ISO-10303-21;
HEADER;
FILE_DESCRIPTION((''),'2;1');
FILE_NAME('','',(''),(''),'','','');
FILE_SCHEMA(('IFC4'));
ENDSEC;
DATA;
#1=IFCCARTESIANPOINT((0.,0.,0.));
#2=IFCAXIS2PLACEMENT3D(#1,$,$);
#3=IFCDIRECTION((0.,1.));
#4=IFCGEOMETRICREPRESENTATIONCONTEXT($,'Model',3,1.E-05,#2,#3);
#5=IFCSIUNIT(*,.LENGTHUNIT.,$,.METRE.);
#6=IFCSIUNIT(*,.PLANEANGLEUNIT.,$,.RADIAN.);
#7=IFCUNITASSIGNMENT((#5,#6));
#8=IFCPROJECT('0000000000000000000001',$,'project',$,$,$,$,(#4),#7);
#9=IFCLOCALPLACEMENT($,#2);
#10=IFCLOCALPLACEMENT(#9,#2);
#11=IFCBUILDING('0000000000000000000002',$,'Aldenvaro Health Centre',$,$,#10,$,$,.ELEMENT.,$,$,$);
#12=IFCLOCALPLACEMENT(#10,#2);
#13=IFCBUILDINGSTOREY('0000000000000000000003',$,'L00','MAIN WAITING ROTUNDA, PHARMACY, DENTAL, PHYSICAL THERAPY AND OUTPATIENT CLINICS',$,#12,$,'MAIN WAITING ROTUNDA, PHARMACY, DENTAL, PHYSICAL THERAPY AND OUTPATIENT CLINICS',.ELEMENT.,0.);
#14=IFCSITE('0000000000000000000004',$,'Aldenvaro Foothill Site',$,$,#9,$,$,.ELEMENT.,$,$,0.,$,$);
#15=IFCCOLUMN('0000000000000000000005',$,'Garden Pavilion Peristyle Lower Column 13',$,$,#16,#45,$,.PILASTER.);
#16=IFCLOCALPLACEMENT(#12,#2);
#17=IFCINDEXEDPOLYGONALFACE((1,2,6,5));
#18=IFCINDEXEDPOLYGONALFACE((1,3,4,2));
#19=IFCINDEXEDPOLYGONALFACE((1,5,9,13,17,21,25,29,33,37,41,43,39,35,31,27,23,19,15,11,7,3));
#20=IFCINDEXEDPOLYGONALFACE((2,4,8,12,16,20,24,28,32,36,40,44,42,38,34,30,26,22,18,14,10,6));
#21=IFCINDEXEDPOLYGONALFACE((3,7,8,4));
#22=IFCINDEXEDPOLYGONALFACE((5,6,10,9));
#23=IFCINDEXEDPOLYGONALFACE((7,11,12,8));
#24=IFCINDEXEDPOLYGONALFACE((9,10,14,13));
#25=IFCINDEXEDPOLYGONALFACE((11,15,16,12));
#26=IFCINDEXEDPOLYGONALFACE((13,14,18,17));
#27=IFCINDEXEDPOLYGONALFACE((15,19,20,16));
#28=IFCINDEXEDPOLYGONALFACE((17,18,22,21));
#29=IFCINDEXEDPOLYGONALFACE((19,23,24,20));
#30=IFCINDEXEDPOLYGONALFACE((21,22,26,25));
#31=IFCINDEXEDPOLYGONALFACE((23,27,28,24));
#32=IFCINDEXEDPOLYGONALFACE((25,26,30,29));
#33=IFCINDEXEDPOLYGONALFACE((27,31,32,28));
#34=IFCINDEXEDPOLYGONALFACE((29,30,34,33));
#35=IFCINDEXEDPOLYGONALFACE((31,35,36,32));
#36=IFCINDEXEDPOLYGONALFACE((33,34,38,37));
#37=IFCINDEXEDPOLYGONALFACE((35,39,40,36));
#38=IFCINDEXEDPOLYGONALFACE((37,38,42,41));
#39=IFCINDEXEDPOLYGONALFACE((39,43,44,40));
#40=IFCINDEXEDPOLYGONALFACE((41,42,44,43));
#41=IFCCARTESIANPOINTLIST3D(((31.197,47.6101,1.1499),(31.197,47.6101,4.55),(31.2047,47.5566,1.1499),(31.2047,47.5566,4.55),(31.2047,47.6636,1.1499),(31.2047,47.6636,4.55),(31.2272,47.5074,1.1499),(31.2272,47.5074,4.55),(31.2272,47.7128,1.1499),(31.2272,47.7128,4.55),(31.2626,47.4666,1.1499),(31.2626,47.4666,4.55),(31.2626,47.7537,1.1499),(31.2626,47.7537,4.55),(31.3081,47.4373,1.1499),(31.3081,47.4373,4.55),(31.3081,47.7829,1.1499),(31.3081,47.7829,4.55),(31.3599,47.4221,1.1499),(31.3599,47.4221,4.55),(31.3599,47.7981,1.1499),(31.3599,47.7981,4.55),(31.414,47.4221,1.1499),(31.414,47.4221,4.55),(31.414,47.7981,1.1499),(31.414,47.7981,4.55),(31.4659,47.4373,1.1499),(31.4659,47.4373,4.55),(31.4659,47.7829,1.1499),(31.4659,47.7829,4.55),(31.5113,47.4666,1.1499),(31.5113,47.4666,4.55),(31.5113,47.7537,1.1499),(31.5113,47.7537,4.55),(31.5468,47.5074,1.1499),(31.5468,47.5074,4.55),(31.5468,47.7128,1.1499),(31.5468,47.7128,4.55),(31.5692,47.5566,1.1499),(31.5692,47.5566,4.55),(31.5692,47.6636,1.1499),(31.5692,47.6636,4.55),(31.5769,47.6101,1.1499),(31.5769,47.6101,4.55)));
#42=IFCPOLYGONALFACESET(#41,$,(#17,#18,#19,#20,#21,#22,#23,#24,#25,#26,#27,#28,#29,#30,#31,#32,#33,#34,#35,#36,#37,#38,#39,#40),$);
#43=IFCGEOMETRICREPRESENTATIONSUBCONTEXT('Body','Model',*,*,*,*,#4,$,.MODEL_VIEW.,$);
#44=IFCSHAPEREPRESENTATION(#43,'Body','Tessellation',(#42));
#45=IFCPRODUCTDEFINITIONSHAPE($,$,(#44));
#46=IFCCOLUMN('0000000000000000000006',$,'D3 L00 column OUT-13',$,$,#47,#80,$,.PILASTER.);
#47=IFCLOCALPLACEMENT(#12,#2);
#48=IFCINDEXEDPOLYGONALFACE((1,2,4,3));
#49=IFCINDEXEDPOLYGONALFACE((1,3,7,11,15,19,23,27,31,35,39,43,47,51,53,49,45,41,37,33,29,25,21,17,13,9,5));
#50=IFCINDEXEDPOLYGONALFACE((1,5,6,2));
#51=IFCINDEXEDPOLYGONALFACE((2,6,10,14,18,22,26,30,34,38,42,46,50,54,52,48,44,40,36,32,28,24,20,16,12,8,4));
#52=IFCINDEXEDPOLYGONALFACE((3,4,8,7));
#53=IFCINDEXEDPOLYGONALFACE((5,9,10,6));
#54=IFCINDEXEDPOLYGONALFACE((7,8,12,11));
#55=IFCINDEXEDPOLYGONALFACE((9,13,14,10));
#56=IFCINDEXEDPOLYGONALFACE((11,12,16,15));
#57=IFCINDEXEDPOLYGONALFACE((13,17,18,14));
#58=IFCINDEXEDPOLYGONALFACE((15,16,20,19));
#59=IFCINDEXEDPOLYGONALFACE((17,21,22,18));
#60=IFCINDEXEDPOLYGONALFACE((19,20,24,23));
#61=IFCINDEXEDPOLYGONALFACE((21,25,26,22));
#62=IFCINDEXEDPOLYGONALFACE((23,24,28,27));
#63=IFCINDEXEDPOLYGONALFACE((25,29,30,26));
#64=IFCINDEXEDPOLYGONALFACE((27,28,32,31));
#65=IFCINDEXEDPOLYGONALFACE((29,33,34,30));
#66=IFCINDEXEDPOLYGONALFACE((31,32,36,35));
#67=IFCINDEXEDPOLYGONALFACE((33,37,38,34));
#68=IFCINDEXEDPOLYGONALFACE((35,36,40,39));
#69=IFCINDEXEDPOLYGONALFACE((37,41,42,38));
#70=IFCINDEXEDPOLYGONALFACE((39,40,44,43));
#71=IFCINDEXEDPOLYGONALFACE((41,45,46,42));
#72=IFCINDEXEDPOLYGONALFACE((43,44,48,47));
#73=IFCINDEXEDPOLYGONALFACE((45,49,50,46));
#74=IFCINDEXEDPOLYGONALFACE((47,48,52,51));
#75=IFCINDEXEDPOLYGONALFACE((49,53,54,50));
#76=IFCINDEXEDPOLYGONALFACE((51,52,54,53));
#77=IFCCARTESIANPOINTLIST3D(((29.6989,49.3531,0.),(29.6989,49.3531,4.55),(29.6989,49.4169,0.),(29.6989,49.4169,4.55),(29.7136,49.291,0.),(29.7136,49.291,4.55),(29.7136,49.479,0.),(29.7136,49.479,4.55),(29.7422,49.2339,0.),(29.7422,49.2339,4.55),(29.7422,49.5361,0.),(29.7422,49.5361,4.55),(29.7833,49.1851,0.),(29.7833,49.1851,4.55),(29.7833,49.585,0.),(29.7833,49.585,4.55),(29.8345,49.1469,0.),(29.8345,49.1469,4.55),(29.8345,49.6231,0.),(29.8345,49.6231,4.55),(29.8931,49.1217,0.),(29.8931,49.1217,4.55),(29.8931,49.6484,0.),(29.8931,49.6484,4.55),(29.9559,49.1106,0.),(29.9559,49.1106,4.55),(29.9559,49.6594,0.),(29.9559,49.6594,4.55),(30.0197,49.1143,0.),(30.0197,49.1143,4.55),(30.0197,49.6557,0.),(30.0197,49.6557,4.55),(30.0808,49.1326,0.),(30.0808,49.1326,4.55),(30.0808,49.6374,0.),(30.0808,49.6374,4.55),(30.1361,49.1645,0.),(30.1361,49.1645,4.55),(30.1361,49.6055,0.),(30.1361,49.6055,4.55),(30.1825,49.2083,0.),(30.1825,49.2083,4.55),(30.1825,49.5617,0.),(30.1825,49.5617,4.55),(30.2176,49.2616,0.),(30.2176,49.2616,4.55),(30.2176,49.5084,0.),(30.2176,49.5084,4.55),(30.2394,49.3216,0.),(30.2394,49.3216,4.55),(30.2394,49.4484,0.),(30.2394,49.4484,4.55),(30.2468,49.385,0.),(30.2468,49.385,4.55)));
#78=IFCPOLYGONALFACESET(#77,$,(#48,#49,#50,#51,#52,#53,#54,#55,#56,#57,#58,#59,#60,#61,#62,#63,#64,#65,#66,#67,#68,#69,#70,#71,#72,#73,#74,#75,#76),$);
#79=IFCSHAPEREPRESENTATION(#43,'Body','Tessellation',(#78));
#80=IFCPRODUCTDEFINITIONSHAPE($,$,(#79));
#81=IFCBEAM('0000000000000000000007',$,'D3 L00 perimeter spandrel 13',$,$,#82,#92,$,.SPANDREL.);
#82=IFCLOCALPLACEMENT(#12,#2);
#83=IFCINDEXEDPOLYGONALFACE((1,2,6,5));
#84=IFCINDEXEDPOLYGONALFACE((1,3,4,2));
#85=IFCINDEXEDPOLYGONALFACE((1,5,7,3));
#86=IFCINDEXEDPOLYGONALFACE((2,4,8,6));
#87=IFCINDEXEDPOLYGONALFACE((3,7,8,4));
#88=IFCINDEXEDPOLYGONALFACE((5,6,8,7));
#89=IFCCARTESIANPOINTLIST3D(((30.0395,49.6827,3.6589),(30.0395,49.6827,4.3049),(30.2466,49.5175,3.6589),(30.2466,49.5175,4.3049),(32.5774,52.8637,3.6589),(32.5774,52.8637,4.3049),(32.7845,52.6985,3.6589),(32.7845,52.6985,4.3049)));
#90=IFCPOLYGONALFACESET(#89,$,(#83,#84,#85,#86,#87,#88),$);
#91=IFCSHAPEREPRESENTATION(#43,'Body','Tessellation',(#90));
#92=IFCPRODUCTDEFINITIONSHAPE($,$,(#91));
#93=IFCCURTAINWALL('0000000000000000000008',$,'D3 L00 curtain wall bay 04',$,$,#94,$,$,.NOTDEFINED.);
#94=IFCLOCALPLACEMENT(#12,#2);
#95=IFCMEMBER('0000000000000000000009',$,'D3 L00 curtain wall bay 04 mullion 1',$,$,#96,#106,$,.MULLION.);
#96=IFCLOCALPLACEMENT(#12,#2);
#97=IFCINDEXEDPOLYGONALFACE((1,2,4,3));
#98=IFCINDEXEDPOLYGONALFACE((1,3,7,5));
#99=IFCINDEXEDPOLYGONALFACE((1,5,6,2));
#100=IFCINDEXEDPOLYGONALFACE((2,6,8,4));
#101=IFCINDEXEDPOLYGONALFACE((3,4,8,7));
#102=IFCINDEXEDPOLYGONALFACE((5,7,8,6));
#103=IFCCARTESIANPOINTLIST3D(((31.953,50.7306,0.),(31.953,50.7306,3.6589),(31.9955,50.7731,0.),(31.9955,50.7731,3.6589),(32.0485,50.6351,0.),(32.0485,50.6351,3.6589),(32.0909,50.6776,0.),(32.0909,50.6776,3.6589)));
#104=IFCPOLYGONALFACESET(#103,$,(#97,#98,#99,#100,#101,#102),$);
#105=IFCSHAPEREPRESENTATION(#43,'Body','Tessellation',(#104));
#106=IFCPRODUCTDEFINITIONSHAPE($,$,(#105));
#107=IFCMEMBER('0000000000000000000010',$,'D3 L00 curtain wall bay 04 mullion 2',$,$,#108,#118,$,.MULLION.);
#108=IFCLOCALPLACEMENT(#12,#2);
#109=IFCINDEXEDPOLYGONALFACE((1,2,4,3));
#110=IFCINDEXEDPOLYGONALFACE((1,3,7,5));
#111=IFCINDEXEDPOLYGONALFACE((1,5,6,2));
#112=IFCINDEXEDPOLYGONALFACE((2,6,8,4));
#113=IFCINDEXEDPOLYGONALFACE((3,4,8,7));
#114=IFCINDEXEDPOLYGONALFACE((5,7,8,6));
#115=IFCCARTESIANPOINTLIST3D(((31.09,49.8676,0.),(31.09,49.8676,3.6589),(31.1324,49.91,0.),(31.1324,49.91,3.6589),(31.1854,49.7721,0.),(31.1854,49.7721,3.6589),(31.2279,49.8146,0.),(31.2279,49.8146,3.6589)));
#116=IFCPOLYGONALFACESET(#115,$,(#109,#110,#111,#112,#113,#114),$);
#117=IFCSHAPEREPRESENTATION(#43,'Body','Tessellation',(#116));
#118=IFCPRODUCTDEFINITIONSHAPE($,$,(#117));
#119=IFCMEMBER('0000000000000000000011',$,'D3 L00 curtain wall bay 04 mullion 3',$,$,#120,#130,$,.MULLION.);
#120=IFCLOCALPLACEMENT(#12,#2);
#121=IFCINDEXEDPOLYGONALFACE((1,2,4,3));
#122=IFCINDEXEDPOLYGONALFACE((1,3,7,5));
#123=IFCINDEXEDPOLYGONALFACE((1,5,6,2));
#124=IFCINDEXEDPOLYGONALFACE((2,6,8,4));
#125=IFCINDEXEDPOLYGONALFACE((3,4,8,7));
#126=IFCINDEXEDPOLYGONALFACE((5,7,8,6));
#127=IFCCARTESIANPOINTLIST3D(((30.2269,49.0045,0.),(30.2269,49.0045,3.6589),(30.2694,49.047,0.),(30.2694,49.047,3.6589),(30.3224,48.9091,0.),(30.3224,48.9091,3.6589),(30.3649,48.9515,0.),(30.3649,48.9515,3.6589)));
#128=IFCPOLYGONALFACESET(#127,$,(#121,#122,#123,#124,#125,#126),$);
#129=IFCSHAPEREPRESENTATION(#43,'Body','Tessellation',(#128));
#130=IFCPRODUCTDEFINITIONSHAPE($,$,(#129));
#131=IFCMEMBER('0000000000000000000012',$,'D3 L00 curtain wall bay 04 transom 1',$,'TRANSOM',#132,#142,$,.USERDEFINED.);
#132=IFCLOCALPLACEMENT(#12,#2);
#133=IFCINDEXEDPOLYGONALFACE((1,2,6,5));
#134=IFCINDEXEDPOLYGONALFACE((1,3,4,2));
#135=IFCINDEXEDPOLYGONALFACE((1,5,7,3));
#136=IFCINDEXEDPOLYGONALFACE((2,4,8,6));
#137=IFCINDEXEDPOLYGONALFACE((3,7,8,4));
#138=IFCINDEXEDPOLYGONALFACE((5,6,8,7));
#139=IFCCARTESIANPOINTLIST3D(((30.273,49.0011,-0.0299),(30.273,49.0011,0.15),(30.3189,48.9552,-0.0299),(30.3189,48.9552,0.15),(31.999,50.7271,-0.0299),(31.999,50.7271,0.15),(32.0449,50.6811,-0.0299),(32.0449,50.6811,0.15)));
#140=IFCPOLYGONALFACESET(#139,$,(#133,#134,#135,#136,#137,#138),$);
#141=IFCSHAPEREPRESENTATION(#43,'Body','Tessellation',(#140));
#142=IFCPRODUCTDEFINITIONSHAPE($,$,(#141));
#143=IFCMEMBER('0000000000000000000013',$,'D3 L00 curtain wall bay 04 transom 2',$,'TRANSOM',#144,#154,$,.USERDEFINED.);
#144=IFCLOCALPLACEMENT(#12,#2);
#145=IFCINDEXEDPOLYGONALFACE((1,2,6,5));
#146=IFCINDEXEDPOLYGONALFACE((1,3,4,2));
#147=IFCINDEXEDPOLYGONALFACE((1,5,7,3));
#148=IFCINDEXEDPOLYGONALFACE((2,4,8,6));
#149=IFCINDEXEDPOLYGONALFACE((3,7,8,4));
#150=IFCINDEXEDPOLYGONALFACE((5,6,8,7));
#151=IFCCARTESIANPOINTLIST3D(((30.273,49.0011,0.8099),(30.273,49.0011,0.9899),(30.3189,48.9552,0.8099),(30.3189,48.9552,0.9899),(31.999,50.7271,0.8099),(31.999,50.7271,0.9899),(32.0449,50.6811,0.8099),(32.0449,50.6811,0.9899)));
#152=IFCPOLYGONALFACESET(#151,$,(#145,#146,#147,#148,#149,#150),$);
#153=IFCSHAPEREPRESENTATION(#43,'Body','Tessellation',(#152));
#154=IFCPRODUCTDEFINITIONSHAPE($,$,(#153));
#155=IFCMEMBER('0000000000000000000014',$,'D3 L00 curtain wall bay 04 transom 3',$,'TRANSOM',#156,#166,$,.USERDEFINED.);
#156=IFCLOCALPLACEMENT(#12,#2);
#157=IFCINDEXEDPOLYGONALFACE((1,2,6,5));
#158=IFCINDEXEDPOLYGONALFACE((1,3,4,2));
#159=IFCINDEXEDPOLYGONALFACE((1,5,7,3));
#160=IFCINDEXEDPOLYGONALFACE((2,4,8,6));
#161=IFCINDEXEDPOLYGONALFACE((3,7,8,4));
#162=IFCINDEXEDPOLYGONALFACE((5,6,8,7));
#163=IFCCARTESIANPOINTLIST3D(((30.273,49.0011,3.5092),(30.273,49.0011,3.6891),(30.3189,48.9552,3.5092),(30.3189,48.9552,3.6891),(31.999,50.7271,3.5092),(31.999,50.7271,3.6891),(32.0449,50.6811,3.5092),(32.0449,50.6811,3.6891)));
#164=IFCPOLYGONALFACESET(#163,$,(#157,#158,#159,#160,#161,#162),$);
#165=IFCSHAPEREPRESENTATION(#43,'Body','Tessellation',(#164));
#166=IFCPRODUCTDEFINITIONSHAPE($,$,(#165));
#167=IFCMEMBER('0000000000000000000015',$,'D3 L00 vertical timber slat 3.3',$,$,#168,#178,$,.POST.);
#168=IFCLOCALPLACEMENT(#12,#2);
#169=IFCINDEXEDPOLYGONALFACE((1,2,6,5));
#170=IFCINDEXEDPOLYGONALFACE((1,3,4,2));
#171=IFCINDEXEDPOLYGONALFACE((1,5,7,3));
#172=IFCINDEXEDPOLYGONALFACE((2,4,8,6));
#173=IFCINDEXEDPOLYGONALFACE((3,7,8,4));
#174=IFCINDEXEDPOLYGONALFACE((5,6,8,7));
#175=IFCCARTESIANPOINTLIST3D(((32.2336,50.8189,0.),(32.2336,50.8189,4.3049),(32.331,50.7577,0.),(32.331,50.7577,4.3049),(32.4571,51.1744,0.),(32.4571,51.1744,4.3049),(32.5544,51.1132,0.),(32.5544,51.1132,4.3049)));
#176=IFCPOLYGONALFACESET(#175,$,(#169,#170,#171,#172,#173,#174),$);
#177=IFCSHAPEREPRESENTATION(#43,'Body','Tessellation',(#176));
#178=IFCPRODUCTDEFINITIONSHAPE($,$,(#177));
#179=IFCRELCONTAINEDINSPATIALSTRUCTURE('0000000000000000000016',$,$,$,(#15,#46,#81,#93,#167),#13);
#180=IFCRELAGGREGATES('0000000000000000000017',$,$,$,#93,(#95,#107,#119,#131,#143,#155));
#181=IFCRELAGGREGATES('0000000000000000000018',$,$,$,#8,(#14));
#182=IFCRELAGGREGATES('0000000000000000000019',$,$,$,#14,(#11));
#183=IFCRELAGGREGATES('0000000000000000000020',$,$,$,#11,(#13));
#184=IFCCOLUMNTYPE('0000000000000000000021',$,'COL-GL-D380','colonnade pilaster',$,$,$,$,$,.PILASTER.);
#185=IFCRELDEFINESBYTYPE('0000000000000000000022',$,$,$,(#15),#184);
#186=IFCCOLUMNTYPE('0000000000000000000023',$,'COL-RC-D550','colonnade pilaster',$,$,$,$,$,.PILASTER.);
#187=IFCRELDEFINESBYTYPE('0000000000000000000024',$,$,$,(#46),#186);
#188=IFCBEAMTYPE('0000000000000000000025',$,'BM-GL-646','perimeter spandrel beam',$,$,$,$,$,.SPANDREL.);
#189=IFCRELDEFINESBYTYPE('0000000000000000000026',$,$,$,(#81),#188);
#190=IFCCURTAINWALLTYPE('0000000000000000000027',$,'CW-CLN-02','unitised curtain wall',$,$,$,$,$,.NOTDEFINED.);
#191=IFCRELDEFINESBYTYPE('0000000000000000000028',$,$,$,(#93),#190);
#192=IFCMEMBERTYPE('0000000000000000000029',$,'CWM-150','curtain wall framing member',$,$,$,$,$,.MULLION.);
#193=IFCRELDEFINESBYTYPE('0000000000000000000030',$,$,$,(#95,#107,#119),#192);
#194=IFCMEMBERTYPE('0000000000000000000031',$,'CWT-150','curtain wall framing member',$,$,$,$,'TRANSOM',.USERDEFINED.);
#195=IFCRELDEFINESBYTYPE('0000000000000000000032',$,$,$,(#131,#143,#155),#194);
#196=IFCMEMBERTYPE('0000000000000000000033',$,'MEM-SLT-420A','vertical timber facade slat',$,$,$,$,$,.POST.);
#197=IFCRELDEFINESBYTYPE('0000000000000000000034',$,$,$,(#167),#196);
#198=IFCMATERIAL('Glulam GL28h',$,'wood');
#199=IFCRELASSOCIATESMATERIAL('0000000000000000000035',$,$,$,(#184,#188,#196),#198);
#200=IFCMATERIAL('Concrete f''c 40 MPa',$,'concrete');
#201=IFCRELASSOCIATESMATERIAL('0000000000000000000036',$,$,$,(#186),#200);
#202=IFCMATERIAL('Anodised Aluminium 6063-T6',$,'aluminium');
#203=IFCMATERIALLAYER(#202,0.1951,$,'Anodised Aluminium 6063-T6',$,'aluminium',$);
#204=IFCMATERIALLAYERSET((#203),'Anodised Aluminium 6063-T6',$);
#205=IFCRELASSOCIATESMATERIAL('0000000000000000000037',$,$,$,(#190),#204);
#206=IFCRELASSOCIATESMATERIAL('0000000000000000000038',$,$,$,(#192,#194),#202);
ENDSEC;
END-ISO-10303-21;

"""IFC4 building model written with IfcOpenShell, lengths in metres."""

from ifc_helpers import new_model, si_unit, direction, frame, origin, origin_2d, place, context, subcontext, project, spatial, rectangle, circle, extrude, material, layer, layer_set, material_profile, profile_set, type_object, element, aggregate, save


model = new_model("IFC4")

# Units and contexts
model_context = context("Model", 3, precision=1e-05, world=origin(), true_north=direction((0.0, 1.0)))
body_context = subcontext(model_context, "Body", "Model", "MODEL_VIEW")
ifc_project = project(units=[si_unit("LENGTHUNIT", "METRE"), si_unit("PLANEANGLEUNIT", "RADIAN")], contexts=[model_context])

# Site, building, storey
site_placement = place(None, origin())
site = spatial("IfcSite", under=ifc_project, at=site_placement, Name="Aldenvaro Foothill Site", CompositionType="ELEMENT", RefElevation=0.0)
building_placement = place(site_placement, origin())
building = spatial("IfcBuilding", under=site, at=building_placement, Name="Aldenvaro Health Centre", CompositionType="ELEMENT")
storey_placement = place(building_placement, origin())
storey = spatial("IfcBuildingStorey", under=building, at=storey_placement, Name="L00", Description="MAIN WAITING ROTUNDA, PHARMACY, DENTAL, PHYSICAL THERAPY AND OUTPATIENT CLINICS", LongName="MAIN WAITING ROTUNDA, PHARMACY, DENTAL, PHYSICAL THERAPY AND OUTPATIENT CLINICS", CompositionType="ELEMENT", Elevation=0.0)

# Columns
ifc_material_1 = material(Name="Glulam GL28h", Category="wood")
ifc_material_profile_1 = material_profile(ifc_material_1, circle(Radius=0.1899, at=origin_2d()), Name="GL D380", Category="wood")
ifc_profile_set_1 = profile_set([ifc_material_profile_1], Name="Glulam GL28h")
column_type_1 = type_object("IfcColumnType", Name="COL-GL-D380", Description="colonnade pilaster", PredefinedType="PILASTER", material=ifc_profile_set_1)
column_1_placement = place(storey_placement, frame((31.387, 47.6101, 1.1499), z_axis=(0.0, 0.0, 1.0), x_axis=(1.0, 0.0, 0.0)))
element("IfcColumn", 1, at=column_1_placement, inside=storey, type_object=column_type_1, Name="Garden Pavilion Peristyle Lower Column 13", PredefinedType="PILASTER", context=body_context, shape_type="SweptSolid", body=[
    extrude(circle(Radius=0.1899, at=origin_2d()), origin(), (0.0, 0.0, 1.0), 3.4001),
])
ifc_material_2 = material(Name="Concrete f'c 40 MPa", Category="concrete")
ifc_material_profile_2 = material_profile(ifc_material_2, circle(Radius=0.2749, at=origin_2d()), Name="RC D550", Category="concrete")
ifc_profile_set_2 = profile_set([ifc_material_profile_2], Name="Concrete f'c 40 MPa")
column_type_2 = type_object("IfcColumnType", Name="COL-RC-D550", Description="colonnade pilaster", PredefinedType="PILASTER", material=ifc_profile_set_2)
column_2_placement = place(storey_placement, frame((29.9719, 49.385, 0.0), z_axis=(0.0, 0.0, 1.0), x_axis=(1.0, 0.0, 0.0)))
element("IfcColumn", 2, at=column_2_placement, inside=storey, type_object=column_type_2, Name="D3 L00 column OUT-13", PredefinedType="PILASTER", context=body_context, shape_type="SweptSolid", body=[
    extrude(circle(Radius=0.2749, at=origin_2d()), origin(), (0.0, 0.0, 1.0), 4.55),
])

# Beam
ifc_material_profile_3 = material_profile(ifc_material_1, rectangle(XDim=0.2649, YDim=0.646, at=origin_2d()), Name="GL 265x646", Category="wood")
ifc_profile_set_3 = profile_set([ifc_material_profile_3], Name="Glulam GL28h")
beam_type = type_object("IfcBeamType", Name="BM-GL-646", Description="perimeter spandrel beam", PredefinedType="SPANDREL", material=ifc_profile_set_3)
beam_placement = place(storey_placement, frame((30.1431, 49.6001, 3.9819), z_axis=(0.623663, 0.781693, 0.0), x_axis=(-0.781693, 0.623663, 0.0)))
element("IfcBeam", 3, at=beam_placement, inside=storey, type_object=beam_type, Name="D3 L00 perimeter spandrel 13", PredefinedType="SPANDREL", context=body_context, shape_type="SweptSolid", body=[
    extrude(rectangle(XDim=0.2649, YDim=0.646, at=origin_2d()), origin(), (0.0, 0.0, 1.0), 4.0693),
])

# Curtain wall, members
ifc_material_3 = material(Name="Anodised Aluminium 6063-T6", Category="aluminium")
ifc_layer_1 = layer(ifc_material_3, 0.1951, Name="Anodised Aluminium 6063-T6", Category="aluminium")
ifc_layer_set_1 = layer_set([ifc_layer_1], Name="Anodised Aluminium 6063-T6")
curtain_wall_type = type_object("IfcCurtainWallType", Name="CW-CLN-02", Description="unitised curtain wall", PredefinedType="NOTDEFINED", material=ifc_layer_set_1)
curtain_wall_placement = place(storey_placement, origin())
curtain_wall = element("IfcCurtainWall", 4, at=curtain_wall_placement, inside=storey, type_object=curtain_wall_type, Name="D3 L00 curtain wall bay 04", PredefinedType="NOTDEFINED")
ifc_material_profile_4 = material_profile(ifc_material_3, rectangle(XDim=0.0601, YDim=0.135, at=origin_2d()), Name="ALU 60x135", Category="aluminium")
ifc_profile_set_4 = profile_set([ifc_material_profile_4], Name="Anodised Aluminium 6063-T6")
member_type_1 = type_object("IfcMemberType", Name="CWM-150", Description="curtain wall framing member", PredefinedType="MULLION", material=ifc_profile_set_4)
member_1_placement = place(storey_placement, frame((32.022, 50.7041, 0.0), z_axis=(0.0, 0.0, 1.0), x_axis=(-0.707107, -0.707107, 0.0)))
member_1 = element("IfcMember", 5, at=member_1_placement, type_object=member_type_1, Name="D3 L00 curtain wall bay 04 mullion 1", PredefinedType="MULLION", context=body_context, shape_type="SweptSolid", body=[
    extrude(rectangle(XDim=0.0601, YDim=0.135, at=origin_2d()), origin(), (0.0, 0.0, 1.0), 3.6589),
])
member_2_placement = place(storey_placement, frame((31.1589, 49.8411, 0.0), z_axis=(0.0, 0.0, 1.0), x_axis=(-0.707107, -0.707107, 0.0)))
member_2 = element("IfcMember", 6, at=member_2_placement, type_object=member_type_1, Name="D3 L00 curtain wall bay 04 mullion 2", PredefinedType="MULLION", context=body_context, shape_type="SweptSolid", body=[
    extrude(rectangle(XDim=0.0601, YDim=0.135, at=origin_2d()), origin(), (0.0, 0.0, 1.0), 3.6589),
])
member_3_placement = place(storey_placement, frame((30.2959, 48.978, 0.0), z_axis=(0.0, 0.0, 1.0), x_axis=(-0.707107, -0.707107, 0.0)))
member_3 = element("IfcMember", 7, at=member_3_placement, type_object=member_type_1, Name="D3 L00 curtain wall bay 04 mullion 3", PredefinedType="MULLION", context=body_context, shape_type="SweptSolid", body=[
    extrude(rectangle(XDim=0.0601, YDim=0.135, at=origin_2d()), origin(), (0.0, 0.0, 1.0), 3.6589),
])
ifc_material_profile_5 = material_profile(ifc_material_3, rectangle(XDim=0.0649, YDim=0.1799, at=origin_2d()), Name="ALU 65x180", Category="aluminium")
ifc_profile_set_5 = profile_set([ifc_material_profile_5], Name="Anodised Aluminium 6063-T6")
member_type_2 = type_object("IfcMemberType", Name="CWT-150", Description="curtain wall framing member", ElementType="TRANSOM", PredefinedType="USERDEFINED", material=ifc_profile_set_5)
member_4_placement = place(storey_placement, frame((32.022, 50.7041, 0.0601), z_axis=(-0.707107, -0.707107, 0.0), x_axis=(0.707107, -0.707107, 0.0)))
member_4 = element("IfcMember", 8, at=member_4_placement, type_object=member_type_2, Name="D3 L00 curtain wall bay 04 transom 1", ObjectType="TRANSOM", PredefinedType="USERDEFINED", context=body_context, shape_type="SweptSolid", body=[
    extrude(rectangle(XDim=0.0649, YDim=0.1799, at=origin_2d()), origin(), (0.0, 0.0, 1.0), 2.4409),
])
member_5_placement = place(storey_placement, frame((32.022, 50.7041, 0.8999), z_axis=(-0.707107, -0.707107, 0.0), x_axis=(0.707107, -0.707107, 0.0)))
member_5 = element("IfcMember", 9, at=member_5_placement, type_object=member_type_2, Name="D3 L00 curtain wall bay 04 transom 2", ObjectType="TRANSOM", PredefinedType="USERDEFINED", context=body_context, shape_type="SweptSolid", body=[
    extrude(rectangle(XDim=0.0649, YDim=0.1799, at=origin_2d()), origin(), (0.0, 0.0, 1.0), 2.4409),
])
member_6_placement = place(storey_placement, frame((32.022, 50.7041, 3.5991), z_axis=(-0.707107, -0.707107, 0.0), x_axis=(0.707107, -0.707107, 0.0)))
member_6 = element("IfcMember", 10, at=member_6_placement, type_object=member_type_2, Name="D3 L00 curtain wall bay 04 transom 3", ObjectType="TRANSOM", PredefinedType="USERDEFINED", context=body_context, shape_type="SweptSolid", body=[
    extrude(rectangle(XDim=0.0649, YDim=0.1799, at=origin_2d()), origin(), (0.0, 0.0, 1.0), 2.4409),
])

# Member
ifc_material_profile_6 = material_profile(ifc_material_1, rectangle(XDim=0.115, YDim=0.4199, at=origin_2d()), Name="GL 115x420", Category="wood")
ifc_profile_set_6 = profile_set([ifc_material_profile_6], Name="Glulam GL28h")
member_type_3 = type_object("IfcMemberType", Name="MEM-SLT-420A", Description="vertical timber facade slat", PredefinedType="POST", material=ifc_profile_set_6)
for number, where, z_axis, x_axis, name in (
    (11, (32.394, 50.9661, 0.0), (0.0, 0.0, 1.0), (0.846684, -0.532096, 0.0), "D3 L00 vertical timber slat 3.3"),
):
    element("IfcMember", number, at=place(storey_placement, frame(where, z_axis=z_axis, x_axis=x_axis)), inside=storey, type_object=member_type_3, Name=name, PredefinedType="POST", context=body_context, shape_type="SweptSolid", body=[
        extrude(rectangle(XDim=0.115, YDim=0.4199, at=origin_2d()), origin(), (0.0, 0.0, 1.0), 4.3049),
    ])

aggregate(curtain_wall, [member_1, member_2, member_3, member_4, member_5, member_6])

save(model, "model.ifc")
